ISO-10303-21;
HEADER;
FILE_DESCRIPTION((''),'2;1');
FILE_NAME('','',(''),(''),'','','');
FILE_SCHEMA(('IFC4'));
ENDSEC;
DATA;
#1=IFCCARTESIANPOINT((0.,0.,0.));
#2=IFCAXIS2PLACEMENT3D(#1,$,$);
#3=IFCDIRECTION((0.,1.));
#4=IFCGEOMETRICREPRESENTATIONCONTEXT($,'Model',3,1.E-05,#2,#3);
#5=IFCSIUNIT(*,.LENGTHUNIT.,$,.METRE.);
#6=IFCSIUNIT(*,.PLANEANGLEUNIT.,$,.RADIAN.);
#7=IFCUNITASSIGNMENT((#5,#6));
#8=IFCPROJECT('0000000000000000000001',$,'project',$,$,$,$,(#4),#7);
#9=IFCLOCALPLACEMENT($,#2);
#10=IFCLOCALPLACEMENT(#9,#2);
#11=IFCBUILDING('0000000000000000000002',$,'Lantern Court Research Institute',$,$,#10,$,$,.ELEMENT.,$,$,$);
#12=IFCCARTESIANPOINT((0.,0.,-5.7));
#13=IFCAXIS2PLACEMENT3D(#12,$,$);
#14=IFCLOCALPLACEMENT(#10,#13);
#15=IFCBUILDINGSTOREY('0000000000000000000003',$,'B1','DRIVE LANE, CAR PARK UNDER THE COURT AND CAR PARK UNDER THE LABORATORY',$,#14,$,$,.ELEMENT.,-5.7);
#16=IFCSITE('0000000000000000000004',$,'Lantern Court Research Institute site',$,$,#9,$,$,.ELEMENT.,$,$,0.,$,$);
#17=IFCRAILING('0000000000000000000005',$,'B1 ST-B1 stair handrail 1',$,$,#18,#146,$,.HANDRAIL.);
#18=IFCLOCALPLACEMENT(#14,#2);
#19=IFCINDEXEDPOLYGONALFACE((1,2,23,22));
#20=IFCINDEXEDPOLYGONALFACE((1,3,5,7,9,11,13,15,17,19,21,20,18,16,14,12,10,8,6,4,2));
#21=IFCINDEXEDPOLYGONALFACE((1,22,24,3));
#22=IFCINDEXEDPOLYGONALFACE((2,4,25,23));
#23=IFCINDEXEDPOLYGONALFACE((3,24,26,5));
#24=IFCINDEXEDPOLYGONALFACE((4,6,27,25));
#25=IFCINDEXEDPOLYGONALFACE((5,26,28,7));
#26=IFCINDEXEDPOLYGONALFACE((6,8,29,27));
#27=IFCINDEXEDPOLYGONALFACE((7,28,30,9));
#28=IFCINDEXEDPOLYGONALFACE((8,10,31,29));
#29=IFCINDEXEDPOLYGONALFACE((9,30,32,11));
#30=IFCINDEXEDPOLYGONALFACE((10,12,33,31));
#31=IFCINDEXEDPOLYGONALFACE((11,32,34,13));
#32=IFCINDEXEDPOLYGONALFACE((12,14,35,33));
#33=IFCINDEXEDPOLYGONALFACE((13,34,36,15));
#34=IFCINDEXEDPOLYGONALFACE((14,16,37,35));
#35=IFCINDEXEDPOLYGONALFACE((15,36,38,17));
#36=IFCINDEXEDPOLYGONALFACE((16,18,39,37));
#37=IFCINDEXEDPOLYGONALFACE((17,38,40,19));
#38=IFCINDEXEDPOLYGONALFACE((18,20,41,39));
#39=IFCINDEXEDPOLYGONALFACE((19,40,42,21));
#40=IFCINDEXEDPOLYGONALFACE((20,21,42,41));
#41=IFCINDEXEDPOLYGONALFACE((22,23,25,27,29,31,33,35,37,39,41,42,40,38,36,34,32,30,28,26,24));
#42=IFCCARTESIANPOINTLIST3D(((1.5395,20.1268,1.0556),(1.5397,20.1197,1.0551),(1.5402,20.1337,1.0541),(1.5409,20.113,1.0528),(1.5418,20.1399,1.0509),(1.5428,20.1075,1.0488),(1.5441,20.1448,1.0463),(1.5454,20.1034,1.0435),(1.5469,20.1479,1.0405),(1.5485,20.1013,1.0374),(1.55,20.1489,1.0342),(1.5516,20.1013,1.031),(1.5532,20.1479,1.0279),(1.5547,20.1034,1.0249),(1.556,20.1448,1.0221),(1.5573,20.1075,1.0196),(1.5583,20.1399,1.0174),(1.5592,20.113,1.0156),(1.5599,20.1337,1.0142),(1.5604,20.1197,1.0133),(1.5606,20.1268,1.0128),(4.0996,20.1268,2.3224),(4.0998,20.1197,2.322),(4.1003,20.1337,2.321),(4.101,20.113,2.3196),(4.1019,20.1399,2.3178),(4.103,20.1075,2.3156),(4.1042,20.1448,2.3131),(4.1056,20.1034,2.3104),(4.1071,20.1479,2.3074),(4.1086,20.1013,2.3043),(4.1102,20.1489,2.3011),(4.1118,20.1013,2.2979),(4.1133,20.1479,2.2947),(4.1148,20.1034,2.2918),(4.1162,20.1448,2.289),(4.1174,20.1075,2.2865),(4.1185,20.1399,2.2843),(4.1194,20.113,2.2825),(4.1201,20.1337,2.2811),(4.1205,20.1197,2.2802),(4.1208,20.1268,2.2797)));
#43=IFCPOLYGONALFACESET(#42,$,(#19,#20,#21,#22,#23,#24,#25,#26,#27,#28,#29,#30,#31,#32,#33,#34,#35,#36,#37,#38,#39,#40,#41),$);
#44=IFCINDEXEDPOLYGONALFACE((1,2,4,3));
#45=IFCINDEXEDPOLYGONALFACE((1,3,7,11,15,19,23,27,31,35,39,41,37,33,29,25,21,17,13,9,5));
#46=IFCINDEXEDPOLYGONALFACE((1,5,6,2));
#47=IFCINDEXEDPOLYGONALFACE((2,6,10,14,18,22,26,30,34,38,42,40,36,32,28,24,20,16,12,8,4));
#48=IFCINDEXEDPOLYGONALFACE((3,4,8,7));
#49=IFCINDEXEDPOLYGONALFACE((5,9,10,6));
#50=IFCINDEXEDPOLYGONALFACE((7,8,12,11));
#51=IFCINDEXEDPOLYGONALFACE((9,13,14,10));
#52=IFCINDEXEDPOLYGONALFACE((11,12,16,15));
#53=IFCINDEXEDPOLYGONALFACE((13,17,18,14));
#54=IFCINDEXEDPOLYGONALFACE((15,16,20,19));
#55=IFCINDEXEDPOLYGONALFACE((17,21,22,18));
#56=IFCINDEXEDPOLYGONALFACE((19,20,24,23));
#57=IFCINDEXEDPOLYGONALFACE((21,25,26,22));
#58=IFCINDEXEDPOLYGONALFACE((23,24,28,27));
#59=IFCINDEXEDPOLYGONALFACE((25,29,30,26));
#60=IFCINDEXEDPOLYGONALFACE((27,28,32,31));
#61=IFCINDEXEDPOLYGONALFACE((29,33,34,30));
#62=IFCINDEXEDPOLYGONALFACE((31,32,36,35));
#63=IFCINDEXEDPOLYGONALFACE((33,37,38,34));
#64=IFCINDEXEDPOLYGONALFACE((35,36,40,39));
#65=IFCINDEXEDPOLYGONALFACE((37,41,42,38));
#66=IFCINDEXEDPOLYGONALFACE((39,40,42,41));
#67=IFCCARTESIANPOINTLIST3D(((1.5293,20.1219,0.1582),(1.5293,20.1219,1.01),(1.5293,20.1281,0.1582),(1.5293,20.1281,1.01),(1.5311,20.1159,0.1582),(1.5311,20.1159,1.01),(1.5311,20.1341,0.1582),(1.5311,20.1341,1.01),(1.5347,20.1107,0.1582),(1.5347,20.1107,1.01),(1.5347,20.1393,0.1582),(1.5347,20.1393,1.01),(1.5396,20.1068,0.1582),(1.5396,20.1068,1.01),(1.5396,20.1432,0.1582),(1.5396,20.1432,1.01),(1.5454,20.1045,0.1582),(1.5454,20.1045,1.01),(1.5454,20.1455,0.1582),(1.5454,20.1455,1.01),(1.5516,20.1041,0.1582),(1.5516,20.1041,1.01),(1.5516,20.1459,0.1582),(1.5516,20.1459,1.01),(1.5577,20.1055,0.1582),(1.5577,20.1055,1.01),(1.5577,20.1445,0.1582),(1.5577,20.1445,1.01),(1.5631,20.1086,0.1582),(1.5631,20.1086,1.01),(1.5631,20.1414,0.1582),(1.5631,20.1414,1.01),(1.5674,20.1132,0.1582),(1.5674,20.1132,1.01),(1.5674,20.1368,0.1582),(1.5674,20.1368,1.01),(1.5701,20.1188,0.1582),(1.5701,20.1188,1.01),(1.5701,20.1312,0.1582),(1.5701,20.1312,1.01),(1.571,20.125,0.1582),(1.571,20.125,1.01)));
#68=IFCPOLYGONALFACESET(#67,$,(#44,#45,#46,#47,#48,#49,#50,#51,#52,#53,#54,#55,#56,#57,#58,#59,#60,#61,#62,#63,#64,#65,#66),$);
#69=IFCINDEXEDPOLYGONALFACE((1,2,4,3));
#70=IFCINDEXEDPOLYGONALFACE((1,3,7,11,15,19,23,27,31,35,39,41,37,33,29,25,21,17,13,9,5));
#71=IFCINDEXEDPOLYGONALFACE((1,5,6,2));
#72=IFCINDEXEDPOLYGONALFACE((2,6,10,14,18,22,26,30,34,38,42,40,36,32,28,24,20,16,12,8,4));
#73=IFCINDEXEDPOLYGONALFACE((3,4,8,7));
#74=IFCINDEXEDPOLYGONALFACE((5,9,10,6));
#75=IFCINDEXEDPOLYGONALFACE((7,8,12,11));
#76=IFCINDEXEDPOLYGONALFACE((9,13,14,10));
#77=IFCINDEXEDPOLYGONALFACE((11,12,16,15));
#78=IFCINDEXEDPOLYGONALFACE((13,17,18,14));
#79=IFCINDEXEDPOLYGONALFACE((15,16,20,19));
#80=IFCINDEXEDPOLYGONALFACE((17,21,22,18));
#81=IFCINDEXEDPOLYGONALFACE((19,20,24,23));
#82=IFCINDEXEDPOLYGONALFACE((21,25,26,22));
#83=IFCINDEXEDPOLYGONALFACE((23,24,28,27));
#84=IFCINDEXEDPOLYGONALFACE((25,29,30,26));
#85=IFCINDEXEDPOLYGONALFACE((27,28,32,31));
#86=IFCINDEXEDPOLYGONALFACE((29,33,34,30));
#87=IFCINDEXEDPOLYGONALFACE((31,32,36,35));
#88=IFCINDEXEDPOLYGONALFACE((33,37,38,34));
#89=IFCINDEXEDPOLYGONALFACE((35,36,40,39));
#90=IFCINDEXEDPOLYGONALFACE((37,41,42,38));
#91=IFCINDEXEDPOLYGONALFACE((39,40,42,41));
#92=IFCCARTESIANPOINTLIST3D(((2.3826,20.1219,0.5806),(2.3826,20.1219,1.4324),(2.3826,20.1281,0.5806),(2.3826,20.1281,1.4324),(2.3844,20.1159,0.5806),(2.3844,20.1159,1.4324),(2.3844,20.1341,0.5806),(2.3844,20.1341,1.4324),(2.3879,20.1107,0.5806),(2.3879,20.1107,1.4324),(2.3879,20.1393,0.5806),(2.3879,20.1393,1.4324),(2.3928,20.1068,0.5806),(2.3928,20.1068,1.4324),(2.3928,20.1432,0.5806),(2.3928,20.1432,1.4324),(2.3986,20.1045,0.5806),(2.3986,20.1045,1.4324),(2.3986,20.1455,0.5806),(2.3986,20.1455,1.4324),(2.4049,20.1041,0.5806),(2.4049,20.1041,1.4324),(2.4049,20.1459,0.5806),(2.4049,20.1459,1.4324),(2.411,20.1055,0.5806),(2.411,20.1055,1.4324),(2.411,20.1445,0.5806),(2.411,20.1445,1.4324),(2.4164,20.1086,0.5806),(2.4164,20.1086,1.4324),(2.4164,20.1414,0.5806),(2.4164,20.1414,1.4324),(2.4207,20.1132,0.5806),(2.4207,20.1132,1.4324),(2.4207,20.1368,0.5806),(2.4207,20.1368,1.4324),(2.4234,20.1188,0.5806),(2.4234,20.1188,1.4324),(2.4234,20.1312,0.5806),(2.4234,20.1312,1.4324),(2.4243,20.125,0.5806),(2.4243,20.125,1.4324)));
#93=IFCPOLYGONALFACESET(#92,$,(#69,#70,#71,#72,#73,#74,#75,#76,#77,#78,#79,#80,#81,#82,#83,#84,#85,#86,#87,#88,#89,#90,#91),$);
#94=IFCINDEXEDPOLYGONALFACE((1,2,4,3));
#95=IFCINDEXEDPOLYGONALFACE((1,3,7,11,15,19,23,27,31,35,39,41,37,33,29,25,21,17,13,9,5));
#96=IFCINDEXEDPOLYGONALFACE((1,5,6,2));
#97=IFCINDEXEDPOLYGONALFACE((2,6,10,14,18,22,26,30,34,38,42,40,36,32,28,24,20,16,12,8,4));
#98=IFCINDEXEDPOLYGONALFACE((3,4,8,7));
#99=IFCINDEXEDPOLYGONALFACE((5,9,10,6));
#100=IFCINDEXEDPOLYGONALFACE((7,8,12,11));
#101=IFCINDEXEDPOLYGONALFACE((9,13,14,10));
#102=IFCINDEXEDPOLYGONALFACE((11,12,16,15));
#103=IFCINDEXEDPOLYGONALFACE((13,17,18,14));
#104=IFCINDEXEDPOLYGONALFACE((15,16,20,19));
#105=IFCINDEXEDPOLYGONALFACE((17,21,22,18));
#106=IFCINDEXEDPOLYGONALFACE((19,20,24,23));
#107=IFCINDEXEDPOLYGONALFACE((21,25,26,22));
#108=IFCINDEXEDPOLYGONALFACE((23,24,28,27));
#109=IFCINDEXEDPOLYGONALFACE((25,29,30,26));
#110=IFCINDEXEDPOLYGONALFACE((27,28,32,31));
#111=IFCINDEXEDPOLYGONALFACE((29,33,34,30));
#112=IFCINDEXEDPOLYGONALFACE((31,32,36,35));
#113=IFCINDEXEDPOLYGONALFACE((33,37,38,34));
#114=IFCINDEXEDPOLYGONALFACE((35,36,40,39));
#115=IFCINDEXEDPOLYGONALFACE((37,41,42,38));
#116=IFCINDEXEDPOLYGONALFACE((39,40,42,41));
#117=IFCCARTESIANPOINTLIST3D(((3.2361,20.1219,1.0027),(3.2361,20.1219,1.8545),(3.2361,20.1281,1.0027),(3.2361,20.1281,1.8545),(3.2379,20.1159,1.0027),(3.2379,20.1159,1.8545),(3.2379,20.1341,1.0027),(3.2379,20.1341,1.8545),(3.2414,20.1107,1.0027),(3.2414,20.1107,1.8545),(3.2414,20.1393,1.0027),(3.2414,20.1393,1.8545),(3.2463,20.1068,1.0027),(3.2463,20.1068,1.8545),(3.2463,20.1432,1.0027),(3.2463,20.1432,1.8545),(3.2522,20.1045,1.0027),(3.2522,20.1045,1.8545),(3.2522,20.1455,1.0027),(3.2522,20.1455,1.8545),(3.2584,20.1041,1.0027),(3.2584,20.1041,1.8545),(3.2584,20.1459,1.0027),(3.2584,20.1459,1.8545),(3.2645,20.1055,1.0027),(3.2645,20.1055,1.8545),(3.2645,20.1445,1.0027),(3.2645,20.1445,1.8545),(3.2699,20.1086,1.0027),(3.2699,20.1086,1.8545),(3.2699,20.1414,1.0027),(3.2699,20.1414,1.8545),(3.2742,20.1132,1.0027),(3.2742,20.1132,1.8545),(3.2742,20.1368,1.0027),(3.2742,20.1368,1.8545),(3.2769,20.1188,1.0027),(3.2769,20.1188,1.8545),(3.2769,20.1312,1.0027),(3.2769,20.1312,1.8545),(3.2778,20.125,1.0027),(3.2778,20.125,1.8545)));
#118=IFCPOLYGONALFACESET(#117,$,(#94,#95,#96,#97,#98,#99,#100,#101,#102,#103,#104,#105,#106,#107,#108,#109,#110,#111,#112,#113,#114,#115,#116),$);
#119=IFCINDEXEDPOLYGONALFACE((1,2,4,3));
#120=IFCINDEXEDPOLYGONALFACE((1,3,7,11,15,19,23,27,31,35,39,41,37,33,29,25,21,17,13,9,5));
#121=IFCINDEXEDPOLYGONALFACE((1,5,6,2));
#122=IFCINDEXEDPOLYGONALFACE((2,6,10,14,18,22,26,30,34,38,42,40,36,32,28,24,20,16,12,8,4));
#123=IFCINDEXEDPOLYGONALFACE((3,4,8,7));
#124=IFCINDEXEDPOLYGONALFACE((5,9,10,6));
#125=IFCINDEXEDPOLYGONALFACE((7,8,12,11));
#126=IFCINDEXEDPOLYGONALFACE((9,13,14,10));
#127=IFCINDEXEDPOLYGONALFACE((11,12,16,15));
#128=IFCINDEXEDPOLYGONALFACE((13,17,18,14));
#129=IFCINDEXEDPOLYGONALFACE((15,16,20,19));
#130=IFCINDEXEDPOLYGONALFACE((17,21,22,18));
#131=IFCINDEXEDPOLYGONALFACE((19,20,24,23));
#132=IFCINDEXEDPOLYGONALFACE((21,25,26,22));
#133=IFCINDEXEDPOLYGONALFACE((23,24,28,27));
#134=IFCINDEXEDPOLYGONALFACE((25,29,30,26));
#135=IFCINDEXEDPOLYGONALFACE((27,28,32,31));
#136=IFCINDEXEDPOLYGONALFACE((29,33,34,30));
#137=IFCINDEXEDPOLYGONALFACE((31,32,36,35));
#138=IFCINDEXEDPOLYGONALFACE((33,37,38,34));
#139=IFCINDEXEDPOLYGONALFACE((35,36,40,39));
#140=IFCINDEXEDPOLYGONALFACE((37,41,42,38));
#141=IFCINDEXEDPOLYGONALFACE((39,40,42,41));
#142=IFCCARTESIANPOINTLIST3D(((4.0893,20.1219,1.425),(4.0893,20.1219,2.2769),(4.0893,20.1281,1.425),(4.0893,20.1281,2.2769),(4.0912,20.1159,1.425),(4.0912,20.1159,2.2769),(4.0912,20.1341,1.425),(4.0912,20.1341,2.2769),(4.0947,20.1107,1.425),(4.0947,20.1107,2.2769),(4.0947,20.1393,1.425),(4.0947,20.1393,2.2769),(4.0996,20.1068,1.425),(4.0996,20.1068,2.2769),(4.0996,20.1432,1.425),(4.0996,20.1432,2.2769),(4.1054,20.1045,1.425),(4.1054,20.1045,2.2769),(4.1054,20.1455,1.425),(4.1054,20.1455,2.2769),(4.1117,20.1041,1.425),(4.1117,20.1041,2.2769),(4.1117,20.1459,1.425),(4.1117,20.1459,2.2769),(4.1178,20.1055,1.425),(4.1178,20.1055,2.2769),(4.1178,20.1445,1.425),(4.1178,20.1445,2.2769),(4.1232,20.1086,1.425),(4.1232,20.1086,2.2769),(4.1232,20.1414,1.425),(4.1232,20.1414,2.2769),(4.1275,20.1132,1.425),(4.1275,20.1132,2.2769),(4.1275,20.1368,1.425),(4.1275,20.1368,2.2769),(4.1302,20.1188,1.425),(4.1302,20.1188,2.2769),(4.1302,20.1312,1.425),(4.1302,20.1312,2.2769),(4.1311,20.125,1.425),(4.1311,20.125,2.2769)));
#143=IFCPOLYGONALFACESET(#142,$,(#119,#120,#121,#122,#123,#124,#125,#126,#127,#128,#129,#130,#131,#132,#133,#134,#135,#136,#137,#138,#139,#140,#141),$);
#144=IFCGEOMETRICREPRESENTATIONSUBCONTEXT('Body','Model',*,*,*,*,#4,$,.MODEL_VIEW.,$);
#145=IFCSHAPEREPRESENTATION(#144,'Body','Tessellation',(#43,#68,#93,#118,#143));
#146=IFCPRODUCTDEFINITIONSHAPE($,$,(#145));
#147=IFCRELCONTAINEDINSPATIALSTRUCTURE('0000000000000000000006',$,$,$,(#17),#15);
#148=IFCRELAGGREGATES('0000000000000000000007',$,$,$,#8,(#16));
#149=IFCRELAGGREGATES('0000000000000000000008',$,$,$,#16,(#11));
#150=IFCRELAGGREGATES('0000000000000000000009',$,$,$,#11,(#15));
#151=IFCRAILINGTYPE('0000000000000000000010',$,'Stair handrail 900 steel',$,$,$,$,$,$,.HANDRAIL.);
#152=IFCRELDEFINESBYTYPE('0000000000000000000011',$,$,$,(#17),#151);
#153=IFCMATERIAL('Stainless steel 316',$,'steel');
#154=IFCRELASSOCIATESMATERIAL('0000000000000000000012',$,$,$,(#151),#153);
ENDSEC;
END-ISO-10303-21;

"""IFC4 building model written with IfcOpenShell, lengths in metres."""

from ifc_helpers import new_model, si_unit, direction, frame, origin, origin_2d, place, context, subcontext, project, spatial, circle, extrude, material, type_object, element, save


model = new_model("IFC4")

# Units and contexts
model_context = context("Model", 3, precision=1e-05, world=origin(), true_north=direction((0.0, 1.0)))
body_context = subcontext(model_context, "Body", "Model", "MODEL_VIEW")
ifc_project = project(units=[si_unit("LENGTHUNIT", "METRE"), si_unit("PLANEANGLEUNIT", "RADIAN")], contexts=[model_context])

# Site, building, storey
site_placement = place(None, origin())
site = spatial("IfcSite", under=ifc_project, at=site_placement, Name="Lantern Court Research Institute site", CompositionType="ELEMENT", RefElevation=0.0)
building_placement = place(site_placement, origin())
building = spatial("IfcBuilding", under=site, at=building_placement, Name="Lantern Court Research Institute", CompositionType="ELEMENT")
storey_placement = place(building_placement, frame((0.0, 0.0, -5.7)))
storey = spatial("IfcBuildingStorey", under=building, at=storey_placement, Name="B1", Description="DRIVE LANE, CAR PARK UNDER THE COURT AND CAR PARK UNDER THE LABORATORY", CompositionType="ELEMENT", Elevation=-5.7)

# Railing
ifc_material_1 = material(Name="Stainless steel 316", Category="steel")
railing_type_1 = type_object("IfcRailingType", Name="Stair handrail 900 steel", PredefinedType="HANDRAIL", material=ifc_material_1)
railing_1_placement = place(storey_placement, frame((1.55, 20.125, 0.1582)))
element("IfcRailing", 1, at=railing_1_placement, inside=storey, type_object=railing_type_1, Name="B1 ST-B1 stair handrail 1", PredefinedType="HANDRAIL", context=body_context, shape_type="SweptSolid", body=[
    extrude(circle(Radius=0.0239, at=origin_2d()), frame((0.0, 0.0, 0.876), z_axis=(0.896266, 0.0, 0.443517), x_axis=(0.0, 1.0, 0.0)), (0.0, 0.0, 1.0), 2.8564),
    extrude(circle(Radius=0.021, at=origin_2d()), origin(), (0.0, 0.0, 1.0), 0.8518),
    extrude(circle(Radius=0.021, at=origin_2d()), frame((0.8533, 0.0, 0.4224)), (0.0, 0.0, 1.0), 0.8518),
    extrude(circle(Radius=0.021, at=origin_2d()), frame((1.7068, 0.0, 0.8445)), (0.0, 0.0, 1.0), 0.8518),
    extrude(circle(Radius=0.021, at=origin_2d()), frame((2.5601, 0.0, 1.2668)), (0.0, 0.0, 1.0), 0.8518),
])

save(model, "model.ifc")
